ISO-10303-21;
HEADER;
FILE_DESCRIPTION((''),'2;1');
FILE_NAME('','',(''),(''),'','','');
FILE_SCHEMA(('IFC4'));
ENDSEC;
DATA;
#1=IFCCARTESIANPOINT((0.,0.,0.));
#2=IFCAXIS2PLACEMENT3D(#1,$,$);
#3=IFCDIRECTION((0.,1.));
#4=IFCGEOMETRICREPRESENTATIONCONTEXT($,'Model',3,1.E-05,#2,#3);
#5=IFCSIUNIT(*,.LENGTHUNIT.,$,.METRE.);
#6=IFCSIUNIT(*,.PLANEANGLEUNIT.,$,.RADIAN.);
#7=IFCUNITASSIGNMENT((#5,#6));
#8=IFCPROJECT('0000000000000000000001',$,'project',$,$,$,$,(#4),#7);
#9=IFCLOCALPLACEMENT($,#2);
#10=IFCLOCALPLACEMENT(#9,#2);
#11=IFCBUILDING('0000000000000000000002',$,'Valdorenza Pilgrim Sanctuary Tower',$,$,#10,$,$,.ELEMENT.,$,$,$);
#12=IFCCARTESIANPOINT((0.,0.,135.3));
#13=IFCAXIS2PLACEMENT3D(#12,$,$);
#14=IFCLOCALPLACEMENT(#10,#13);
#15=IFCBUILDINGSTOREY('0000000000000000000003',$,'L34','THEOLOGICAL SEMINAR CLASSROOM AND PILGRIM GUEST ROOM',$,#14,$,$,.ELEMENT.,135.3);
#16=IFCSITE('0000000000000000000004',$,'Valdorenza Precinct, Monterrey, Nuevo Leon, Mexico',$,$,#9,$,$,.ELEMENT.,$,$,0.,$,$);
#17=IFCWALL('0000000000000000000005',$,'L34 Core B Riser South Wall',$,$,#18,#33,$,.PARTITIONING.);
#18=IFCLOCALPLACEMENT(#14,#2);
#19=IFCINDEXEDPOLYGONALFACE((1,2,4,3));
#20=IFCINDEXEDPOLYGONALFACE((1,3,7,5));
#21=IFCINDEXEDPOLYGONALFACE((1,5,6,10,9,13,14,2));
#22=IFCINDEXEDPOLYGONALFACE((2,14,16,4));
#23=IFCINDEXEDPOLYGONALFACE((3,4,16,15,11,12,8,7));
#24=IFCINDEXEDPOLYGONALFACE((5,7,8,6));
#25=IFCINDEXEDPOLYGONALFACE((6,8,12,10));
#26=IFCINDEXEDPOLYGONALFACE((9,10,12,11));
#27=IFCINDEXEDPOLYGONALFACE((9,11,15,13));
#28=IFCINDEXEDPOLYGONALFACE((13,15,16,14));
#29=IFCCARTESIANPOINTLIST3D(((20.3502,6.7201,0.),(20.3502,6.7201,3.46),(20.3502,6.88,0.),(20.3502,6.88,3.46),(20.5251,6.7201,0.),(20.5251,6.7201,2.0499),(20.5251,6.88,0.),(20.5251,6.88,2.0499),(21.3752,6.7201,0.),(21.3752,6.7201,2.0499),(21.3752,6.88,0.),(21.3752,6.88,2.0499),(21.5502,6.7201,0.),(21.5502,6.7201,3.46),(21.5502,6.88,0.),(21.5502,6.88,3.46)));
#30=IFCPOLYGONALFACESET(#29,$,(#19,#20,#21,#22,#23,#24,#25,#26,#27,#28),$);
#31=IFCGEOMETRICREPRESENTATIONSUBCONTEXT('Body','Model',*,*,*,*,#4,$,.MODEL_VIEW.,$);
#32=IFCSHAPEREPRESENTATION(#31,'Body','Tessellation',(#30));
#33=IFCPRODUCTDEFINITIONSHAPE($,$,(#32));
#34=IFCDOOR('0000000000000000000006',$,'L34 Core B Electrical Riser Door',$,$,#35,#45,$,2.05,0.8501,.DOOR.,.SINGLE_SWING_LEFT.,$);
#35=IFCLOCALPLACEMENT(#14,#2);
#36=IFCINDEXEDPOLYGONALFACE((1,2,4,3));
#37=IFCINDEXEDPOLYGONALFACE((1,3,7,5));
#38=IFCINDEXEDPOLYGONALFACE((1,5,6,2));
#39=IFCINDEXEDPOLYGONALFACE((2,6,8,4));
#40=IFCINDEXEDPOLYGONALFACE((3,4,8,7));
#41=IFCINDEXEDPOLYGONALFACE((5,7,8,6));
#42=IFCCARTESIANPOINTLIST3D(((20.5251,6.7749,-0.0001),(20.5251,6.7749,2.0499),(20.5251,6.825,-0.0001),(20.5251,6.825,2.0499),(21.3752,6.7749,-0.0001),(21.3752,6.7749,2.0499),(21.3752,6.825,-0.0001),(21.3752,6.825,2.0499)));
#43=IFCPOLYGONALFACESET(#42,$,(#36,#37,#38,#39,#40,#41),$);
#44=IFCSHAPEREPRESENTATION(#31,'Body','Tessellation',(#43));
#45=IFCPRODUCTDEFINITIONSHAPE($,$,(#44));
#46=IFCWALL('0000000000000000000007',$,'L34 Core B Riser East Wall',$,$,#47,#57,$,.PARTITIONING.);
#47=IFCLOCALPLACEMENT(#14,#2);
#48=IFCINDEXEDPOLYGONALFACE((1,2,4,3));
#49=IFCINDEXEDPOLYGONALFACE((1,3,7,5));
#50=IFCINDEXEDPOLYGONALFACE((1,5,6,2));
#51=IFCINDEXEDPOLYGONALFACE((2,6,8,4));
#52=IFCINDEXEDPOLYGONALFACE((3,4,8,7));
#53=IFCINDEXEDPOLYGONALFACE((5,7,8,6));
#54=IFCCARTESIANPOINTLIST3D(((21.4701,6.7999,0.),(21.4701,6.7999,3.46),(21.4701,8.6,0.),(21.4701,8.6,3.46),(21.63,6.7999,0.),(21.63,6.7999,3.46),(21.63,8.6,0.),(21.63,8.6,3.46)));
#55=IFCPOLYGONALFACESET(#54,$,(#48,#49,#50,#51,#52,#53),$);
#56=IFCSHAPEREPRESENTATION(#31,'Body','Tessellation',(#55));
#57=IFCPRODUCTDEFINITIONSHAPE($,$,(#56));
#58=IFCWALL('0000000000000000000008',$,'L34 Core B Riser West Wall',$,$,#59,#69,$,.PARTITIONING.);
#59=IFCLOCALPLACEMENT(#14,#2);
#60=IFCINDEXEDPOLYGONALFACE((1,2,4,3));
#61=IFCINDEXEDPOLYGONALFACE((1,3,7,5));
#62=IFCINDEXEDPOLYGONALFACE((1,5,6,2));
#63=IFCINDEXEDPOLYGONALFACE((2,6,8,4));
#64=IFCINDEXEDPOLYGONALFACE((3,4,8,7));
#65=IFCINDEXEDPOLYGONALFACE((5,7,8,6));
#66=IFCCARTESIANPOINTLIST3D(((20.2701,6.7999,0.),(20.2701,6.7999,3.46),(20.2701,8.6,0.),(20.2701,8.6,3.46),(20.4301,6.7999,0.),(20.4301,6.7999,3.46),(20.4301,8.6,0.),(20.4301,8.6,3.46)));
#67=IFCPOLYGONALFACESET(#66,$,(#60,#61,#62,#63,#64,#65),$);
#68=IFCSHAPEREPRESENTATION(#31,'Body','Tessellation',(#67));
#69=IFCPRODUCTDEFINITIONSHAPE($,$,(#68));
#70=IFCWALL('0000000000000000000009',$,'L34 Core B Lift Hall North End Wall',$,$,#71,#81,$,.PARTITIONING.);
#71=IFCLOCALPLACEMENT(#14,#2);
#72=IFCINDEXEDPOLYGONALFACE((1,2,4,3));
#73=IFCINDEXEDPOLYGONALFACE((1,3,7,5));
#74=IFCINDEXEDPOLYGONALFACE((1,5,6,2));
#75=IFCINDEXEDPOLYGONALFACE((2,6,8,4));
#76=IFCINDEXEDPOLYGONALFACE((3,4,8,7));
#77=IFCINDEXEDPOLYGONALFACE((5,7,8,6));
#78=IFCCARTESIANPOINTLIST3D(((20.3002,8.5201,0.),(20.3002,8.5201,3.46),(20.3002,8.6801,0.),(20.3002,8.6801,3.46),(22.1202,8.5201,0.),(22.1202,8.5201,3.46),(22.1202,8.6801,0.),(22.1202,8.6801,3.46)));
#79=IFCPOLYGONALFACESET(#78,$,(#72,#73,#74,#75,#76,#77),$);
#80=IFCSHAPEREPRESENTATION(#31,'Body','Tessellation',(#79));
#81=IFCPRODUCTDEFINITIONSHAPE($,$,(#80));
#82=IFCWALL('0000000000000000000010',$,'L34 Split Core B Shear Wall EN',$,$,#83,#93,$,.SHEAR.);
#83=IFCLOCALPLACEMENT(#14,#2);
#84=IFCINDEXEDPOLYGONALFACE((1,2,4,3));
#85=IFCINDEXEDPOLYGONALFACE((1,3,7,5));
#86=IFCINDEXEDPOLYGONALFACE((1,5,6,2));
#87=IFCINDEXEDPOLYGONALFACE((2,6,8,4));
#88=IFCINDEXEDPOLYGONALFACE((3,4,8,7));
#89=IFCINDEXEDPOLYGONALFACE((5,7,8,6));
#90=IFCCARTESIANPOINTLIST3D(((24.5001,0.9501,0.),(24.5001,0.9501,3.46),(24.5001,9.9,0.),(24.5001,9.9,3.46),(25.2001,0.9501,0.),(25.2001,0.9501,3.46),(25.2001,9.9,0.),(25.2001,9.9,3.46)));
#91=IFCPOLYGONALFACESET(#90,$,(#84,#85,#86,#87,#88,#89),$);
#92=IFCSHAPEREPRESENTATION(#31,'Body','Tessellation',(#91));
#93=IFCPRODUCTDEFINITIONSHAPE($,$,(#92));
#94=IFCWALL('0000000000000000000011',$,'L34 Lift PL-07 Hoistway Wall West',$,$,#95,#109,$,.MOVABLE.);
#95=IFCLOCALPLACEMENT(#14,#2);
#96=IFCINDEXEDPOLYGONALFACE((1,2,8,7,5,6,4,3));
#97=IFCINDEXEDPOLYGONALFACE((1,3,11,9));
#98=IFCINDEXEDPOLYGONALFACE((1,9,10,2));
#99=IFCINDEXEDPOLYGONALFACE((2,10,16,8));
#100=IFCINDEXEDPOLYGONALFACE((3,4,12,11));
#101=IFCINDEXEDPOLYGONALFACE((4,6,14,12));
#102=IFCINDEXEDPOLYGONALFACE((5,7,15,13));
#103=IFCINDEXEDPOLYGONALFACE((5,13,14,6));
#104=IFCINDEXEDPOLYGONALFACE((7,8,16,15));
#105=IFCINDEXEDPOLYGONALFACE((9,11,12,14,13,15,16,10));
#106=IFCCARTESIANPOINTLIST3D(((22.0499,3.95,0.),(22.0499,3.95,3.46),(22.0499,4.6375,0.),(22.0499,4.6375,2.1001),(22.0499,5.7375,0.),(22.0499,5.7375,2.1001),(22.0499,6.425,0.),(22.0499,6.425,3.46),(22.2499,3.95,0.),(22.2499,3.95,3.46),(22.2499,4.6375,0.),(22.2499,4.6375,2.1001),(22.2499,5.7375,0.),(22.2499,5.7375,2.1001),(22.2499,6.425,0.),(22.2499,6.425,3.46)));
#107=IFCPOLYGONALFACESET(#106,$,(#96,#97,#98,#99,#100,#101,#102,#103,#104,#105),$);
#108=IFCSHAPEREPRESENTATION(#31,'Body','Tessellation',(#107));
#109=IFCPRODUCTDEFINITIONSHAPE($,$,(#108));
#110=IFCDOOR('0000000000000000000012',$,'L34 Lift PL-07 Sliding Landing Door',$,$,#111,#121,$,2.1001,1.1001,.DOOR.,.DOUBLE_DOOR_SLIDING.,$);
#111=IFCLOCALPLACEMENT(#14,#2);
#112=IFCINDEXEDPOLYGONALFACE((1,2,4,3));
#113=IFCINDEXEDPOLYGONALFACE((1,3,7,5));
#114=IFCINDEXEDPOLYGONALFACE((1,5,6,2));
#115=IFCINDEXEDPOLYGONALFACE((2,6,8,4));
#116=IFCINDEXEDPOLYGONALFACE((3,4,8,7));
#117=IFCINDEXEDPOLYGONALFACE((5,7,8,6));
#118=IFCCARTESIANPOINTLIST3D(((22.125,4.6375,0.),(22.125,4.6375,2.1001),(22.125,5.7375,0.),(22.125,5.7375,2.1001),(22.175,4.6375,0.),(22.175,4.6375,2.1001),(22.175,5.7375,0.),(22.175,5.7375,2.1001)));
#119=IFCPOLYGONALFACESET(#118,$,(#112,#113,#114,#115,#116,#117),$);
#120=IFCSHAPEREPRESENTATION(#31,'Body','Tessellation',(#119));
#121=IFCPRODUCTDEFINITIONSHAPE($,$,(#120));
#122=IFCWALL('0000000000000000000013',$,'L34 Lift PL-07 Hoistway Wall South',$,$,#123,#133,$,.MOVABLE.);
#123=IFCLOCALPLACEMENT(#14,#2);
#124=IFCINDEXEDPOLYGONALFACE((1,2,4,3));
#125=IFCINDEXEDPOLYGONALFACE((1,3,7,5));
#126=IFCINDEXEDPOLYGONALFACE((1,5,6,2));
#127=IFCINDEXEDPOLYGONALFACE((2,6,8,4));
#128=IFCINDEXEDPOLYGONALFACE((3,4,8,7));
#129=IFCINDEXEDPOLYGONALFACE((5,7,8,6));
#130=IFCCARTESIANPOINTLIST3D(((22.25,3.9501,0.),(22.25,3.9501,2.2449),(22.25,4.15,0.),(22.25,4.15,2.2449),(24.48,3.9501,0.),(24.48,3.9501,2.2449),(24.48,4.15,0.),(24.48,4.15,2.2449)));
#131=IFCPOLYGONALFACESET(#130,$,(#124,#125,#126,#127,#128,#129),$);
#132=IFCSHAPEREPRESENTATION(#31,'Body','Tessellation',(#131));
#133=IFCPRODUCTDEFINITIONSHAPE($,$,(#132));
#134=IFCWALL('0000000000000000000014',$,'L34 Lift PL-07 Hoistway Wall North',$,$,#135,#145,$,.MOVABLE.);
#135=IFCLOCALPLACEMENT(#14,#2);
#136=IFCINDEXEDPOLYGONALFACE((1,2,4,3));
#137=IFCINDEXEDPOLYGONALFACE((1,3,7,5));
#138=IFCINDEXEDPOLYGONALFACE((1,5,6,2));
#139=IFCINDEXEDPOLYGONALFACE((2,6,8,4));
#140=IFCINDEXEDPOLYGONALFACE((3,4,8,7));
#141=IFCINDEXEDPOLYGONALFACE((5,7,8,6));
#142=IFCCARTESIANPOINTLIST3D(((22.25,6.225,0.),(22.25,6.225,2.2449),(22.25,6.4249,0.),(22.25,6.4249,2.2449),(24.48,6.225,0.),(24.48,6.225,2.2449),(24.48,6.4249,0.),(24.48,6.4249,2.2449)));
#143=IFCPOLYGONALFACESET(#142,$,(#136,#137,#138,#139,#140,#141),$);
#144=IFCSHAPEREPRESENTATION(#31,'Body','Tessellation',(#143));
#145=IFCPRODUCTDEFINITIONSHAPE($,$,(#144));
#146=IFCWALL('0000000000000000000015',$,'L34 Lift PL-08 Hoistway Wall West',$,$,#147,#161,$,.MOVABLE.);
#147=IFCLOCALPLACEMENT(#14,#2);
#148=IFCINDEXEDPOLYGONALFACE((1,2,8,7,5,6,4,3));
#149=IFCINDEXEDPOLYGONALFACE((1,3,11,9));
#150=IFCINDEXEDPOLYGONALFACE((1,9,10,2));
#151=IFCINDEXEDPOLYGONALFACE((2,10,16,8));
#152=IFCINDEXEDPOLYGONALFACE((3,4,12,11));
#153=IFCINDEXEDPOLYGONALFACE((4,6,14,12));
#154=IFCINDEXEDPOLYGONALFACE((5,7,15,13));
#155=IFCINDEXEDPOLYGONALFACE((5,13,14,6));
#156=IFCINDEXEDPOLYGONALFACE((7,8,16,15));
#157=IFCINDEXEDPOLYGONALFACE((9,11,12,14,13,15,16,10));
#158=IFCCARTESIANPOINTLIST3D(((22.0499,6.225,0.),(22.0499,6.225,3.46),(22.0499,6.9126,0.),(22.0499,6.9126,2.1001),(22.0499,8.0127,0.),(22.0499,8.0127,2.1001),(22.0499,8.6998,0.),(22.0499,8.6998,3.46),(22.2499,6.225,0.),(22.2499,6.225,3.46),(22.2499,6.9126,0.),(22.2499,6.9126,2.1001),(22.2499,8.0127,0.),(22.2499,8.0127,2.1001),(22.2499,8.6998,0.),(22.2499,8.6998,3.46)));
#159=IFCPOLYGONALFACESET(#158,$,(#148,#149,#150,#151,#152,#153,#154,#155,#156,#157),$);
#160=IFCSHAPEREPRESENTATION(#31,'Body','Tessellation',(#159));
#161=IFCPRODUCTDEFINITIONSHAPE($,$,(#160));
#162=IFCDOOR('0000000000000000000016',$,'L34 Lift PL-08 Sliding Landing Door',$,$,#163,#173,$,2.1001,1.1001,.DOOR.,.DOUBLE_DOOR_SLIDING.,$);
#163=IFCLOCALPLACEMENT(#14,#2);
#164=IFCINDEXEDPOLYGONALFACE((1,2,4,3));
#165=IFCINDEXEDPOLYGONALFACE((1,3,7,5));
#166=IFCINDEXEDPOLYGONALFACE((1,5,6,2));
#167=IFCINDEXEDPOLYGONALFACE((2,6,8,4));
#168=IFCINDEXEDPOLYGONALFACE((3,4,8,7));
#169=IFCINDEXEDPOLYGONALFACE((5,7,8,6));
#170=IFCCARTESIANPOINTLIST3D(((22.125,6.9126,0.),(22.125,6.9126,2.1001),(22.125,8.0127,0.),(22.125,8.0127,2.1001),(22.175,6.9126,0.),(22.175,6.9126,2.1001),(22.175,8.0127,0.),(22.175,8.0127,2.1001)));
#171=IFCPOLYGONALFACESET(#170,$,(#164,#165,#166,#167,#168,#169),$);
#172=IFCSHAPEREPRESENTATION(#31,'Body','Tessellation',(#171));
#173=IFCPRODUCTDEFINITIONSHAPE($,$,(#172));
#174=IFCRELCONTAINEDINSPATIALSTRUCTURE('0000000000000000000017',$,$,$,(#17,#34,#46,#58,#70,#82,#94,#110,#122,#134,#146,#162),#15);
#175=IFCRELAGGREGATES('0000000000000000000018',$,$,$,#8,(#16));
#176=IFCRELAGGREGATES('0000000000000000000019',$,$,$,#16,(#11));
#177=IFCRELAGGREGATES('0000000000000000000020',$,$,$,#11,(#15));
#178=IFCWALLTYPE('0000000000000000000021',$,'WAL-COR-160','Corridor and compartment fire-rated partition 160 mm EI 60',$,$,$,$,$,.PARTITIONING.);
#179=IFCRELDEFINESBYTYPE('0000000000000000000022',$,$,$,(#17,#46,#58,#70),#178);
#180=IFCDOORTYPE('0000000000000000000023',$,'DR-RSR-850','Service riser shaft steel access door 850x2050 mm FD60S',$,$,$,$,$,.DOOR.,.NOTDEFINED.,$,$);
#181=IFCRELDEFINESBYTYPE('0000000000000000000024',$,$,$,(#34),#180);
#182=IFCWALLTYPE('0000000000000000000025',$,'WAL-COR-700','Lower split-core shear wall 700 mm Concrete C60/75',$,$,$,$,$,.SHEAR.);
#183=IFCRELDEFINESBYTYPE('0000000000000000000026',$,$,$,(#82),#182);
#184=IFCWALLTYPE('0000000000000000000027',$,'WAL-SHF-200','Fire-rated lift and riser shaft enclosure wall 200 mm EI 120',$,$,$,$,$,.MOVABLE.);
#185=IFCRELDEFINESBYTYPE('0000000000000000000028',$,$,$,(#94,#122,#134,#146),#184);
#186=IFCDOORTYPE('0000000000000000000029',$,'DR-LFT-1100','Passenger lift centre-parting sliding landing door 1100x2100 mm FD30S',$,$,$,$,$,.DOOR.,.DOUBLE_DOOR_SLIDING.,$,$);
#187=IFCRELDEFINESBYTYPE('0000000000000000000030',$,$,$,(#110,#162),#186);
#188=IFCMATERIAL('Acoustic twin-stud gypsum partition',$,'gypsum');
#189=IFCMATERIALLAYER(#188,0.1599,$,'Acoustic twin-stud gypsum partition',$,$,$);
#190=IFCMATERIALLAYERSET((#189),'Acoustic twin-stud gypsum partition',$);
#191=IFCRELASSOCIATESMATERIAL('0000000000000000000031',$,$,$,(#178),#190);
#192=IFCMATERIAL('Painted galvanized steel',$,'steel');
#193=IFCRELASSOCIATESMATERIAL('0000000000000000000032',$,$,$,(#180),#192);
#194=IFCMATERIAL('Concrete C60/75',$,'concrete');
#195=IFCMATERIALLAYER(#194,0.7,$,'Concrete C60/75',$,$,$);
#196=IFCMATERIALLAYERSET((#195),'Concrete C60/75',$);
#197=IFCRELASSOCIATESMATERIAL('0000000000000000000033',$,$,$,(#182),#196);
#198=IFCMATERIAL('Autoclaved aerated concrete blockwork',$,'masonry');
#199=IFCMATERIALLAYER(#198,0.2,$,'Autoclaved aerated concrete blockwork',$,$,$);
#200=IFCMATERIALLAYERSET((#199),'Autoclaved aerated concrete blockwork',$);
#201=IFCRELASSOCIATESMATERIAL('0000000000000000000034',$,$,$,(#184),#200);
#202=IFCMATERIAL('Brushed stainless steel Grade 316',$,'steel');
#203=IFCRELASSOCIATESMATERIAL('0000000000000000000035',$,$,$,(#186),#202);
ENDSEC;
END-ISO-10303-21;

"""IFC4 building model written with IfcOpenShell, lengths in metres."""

from ifc_helpers import new_model, si_unit, direction, frame, frame_2d, origin, place, context, subcontext, project, spatial, rectangle, extrude, material, layer, layer_set, type_object, element, fill, save


model = new_model("IFC4")

# Units and contexts
model_context = context("Model", 3, precision=1e-05, world=origin(), true_north=direction((0.0, 1.0)))
body_context = subcontext(model_context, "Body", "Model", "MODEL_VIEW")
ifc_project = project(units=[si_unit("LENGTHUNIT", "METRE"), si_unit("PLANEANGLEUNIT", "RADIAN")], contexts=[model_context])

# Site, building, storey
site_placement = place(None, origin())
site = spatial("IfcSite", under=ifc_project, at=site_placement, Name="Valdorenza Precinct, Monterrey, Nuevo Leon, Mexico", CompositionType="ELEMENT", RefElevation=0.0)
building_placement = place(site_placement, origin())
building = spatial("IfcBuilding", under=site, at=building_placement, Name="Valdorenza Pilgrim Sanctuary Tower", CompositionType="ELEMENT")
storey_placement = place(building_placement, frame((0.0, 0.0, 135.3)))
storey = spatial("IfcBuildingStorey", under=building, at=storey_placement, Name="L34", Description="THEOLOGICAL SEMINAR CLASSROOM AND PILGRIM GUEST ROOM", CompositionType="ELEMENT", Elevation=135.3)

# Wall, opening, door
ifc_material_1 = material(Name="Acoustic twin-stud gypsum partition", Category="gypsum")
ifc_layer_1 = layer(ifc_material_1, 0.1599, Name="Acoustic twin-stud gypsum partition")
ifc_layer_set_1 = layer_set([ifc_layer_1], Name="Acoustic twin-stud gypsum partition")
wall_type_1 = type_object("IfcWallType", Name="WAL-COR-160", Description="Corridor and compartment fire-rated partition 160 mm EI 60", PredefinedType="PARTITIONING", material=ifc_layer_set_1)
wall_1_placement = place(storey_placement, frame((20.3501, 6.8, 0.0), z_axis=(0.0, 0.0, 1.0), x_axis=(1.0, 0.0, 0.0)))
wall_1 = element("IfcWall", 1, at=wall_1_placement, inside=storey, type_object=wall_type_1, Name="L34 Core B Riser South Wall", PredefinedType="PARTITIONING", context=body_context, shape_type="SweptSolid", body=[
    extrude(rectangle(XDim=1.2, YDim=0.1599, at=frame_2d((0.6001, 0.0))), origin(), (0.0, 0.0, 1.0), 3.46),
])
opening_1_placement = place(wall_1_placement, frame((0.175, 0.0, 0.0)))
opening_1 = element("IfcOpeningElement", 2, at=opening_1_placement, cuts=wall_1, PredefinedType="OPENING", context=body_context, shape_type="SweptSolid", body=[
    extrude(rectangle(XDim=0.8501, YDim=2.05, at=frame_2d((0.425, 1.0249))), frame((0.0, 0.0947, 0.0), z_axis=(0.0, -1.0, 0.0), x_axis=(1.0, 0.0, 0.0)), (0.0, 0.0, 1.0), 0.1897),
])
ifc_material_2 = material(Name="Painted galvanized steel", Category="steel")
door_type_1 = type_object("IfcDoorType", Name="DR-RSR-850", Description="Service riser shaft steel access door 850x2050 mm FD60S", OperationType="NOTDEFINED", PredefinedType="DOOR", material=ifc_material_2)
door_1_placement = place(opening_1_placement, origin())
door_1 = element("IfcDoor", 3, at=door_1_placement, inside=storey, type_object=door_type_1, Name="L34 Core B Electrical Riser Door", OperationType="SINGLE_SWING_LEFT", OverallHeight=2.05, OverallWidth=0.8501, PredefinedType="DOOR", context=body_context, shape_type="SweptSolid", body=[
    extrude(rectangle(XDim=0.8501, YDim=2.05, at=frame_2d((0.425, 1.0249))), frame((0.0, 0.0249, 0.0), z_axis=(0.0, -1.0, 0.0), x_axis=(1.0, 0.0, 0.0)), (0.0, 0.0, 1.0), 0.05),
])
fill(opening_1, door_1)

# Walls
for number, where, z_axis, x_axis, name in (
    (4, (21.55, 6.8, 0.0), (0.0, 0.0, 1.0), (0.0, 1.0, 0.0), "L34 Core B Riser East Wall"),
    (5, (20.3501, 6.8, 0.0), (0.0, 0.0, 1.0), (0.0, 1.0, 0.0), "L34 Core B Riser West Wall"),
):
    element("IfcWall", number, at=place(storey_placement, frame(where, z_axis=z_axis, x_axis=x_axis)), inside=storey, type_object=wall_type_1, Name=name, PredefinedType="PARTITIONING", context=body_context, shape_type="SweptSolid", body=[
        extrude(rectangle(XDim=1.8, YDim=0.1599, at=frame_2d((0.8999, 0.0))), origin(), (0.0, 0.0, 1.0), 3.46),
    ])
wall_2_placement = place(storey_placement, frame((20.3, 8.6001, 0.0), z_axis=(0.0, 0.0, 1.0), x_axis=(1.0, 0.0, 0.0)))
element("IfcWall", 6, at=wall_2_placement, inside=storey, type_object=wall_type_1, Name="L34 Core B Lift Hall North End Wall", PredefinedType="PARTITIONING", context=body_context, shape_type="SweptSolid", body=[
    extrude(rectangle(XDim=1.8201, YDim=0.1599, at=frame_2d((0.9102, 0.0))), origin(), (0.0, 0.0, 1.0), 3.46),
])
ifc_material_3 = material(Name="Concrete C60/75", Category="concrete")
ifc_layer_2 = layer(ifc_material_3, 0.7, Name="Concrete C60/75")
ifc_layer_set_2 = layer_set([ifc_layer_2], Name="Concrete C60/75")
wall_type_2 = type_object("IfcWallType", Name="WAL-COR-700", Description="Lower split-core shear wall 700 mm Concrete C60/75", PredefinedType="SHEAR", material=ifc_layer_set_2)
wall_3_placement = place(storey_placement, frame((24.8501, 0.95, 0.0), z_axis=(0.0, 0.0, 1.0), x_axis=(0.0, 1.0, 0.0)))
element("IfcWall", 7, at=wall_3_placement, inside=storey, type_object=wall_type_2, Name="L34 Split Core B Shear Wall EN", PredefinedType="SHEAR", context=body_context, shape_type="SweptSolid", body=[
    extrude(rectangle(XDim=8.95, YDim=0.7, at=frame_2d((4.4751, 0.0))), origin(), (0.0, 0.0, 1.0), 3.46),
])

# Wall, opening, door
ifc_material_4 = material(Name="Autoclaved aerated concrete blockwork", Category="masonry")
ifc_layer_3 = layer(ifc_material_4, 0.2, Name="Autoclaved aerated concrete blockwork")
ifc_layer_set_3 = layer_set([ifc_layer_3], Name="Autoclaved aerated concrete blockwork")
wall_type_3 = type_object("IfcWallType", Name="WAL-SHF-200", Description="Fire-rated lift and riser shaft enclosure wall 200 mm EI 120", PredefinedType="MOVABLE", material=ifc_layer_set_3)
wall_4_placement = place(storey_placement, frame((22.1499, 3.95, 0.0), z_axis=(0.0, 0.0, 1.0), x_axis=(0.0, 1.0, 0.0)))
wall_4 = element("IfcWall", 8, at=wall_4_placement, inside=storey, type_object=wall_type_3, Name="L34 Lift PL-07 Hoistway Wall West", PredefinedType="MOVABLE", context=body_context, shape_type="SweptSolid", body=[
    extrude(rectangle(XDim=2.4751, YDim=0.2, at=frame_2d((1.2375, 0.0))), origin(), (0.0, 0.0, 1.0), 3.46),
])
opening_2_placement = place(wall_4_placement, frame((0.6875, 0.0, 0.0)))
opening_2 = element("IfcOpeningElement", 9, at=opening_2_placement, cuts=wall_4, PredefinedType="OPENING", context=body_context, shape_type="SweptSolid", body=[
    extrude(rectangle(XDim=1.1001, YDim=2.1001, at=frame_2d((0.55, 1.05))), frame((0.0, 0.1147, 0.0), z_axis=(0.0, -1.0, 0.0), x_axis=(1.0, 0.0, 0.0)), (0.0, 0.0, 1.0), 0.2297),
])
ifc_material_5 = material(Name="Brushed stainless steel Grade 316", Category="steel")
door_type_2 = type_object("IfcDoorType", Name="DR-LFT-1100", Description="Passenger lift centre-parting sliding landing door 1100x2100 mm FD30S", OperationType="DOUBLE_DOOR_SLIDING", PredefinedType="DOOR", material=ifc_material_5)
door_2_placement = place(opening_2_placement, origin())
door_2 = element("IfcDoor", 10, at=door_2_placement, inside=storey, type_object=door_type_2, Name="L34 Lift PL-07 Sliding Landing Door", OperationType="DOUBLE_DOOR_SLIDING", OverallHeight=2.1001, OverallWidth=1.1001, PredefinedType="DOOR", context=body_context, shape_type="SweptSolid", body=[
    extrude(rectangle(XDim=1.1001, YDim=2.1001, at=frame_2d((0.55, 1.05))), frame((0.0, 0.0249, 0.0), z_axis=(0.0, -1.0, 0.0), x_axis=(1.0, 0.0, 0.0)), (0.0, 0.0, 1.0), 0.05),
])
fill(opening_2, door_2)

# Walls
for number, where, z_axis, x_axis, name in (
    (11, (22.25, 4.05, 0.0), (0.0, 0.0, 1.0), (1.0, 0.0, 0.0), "L34 Lift PL-07 Hoistway Wall South"),
    (12, (22.25, 6.325, 0.0), (0.0, 0.0, 1.0), (1.0, 0.0, 0.0), "L34 Lift PL-07 Hoistway Wall North"),
):
    element("IfcWall", number, at=place(storey_placement, frame(where, z_axis=z_axis, x_axis=x_axis)), inside=storey, type_object=wall_type_3, Name=name, PredefinedType="MOVABLE", context=body_context, shape_type="SweptSolid", body=[
        extrude(rectangle(XDim=2.23, YDim=0.2, at=frame_2d((1.115, 0.0))), origin(), (0.0, 0.0, 1.0), 2.2449),
    ])

# Wall, opening, door
wall_5_placement = place(storey_placement, frame((22.1499, 6.2251, 0.0), z_axis=(0.0, 0.0, 1.0), x_axis=(0.0, 1.0, 0.0)))
wall_5 = element("IfcWall", 13, at=wall_5_placement, inside=storey, type_object=wall_type_3, Name="L34 Lift PL-08 Hoistway Wall West", PredefinedType="MOVABLE", context=body_context, shape_type="SweptSolid", body=[
    extrude(rectangle(XDim=2.4749, YDim=0.2, at=frame_2d((1.2373, 0.0))), origin(), (0.0, 0.0, 1.0), 3.46),
])
opening_3_placement = place(wall_5_placement, frame((0.6875, 0.0, 0.0)))
opening_3 = element("IfcOpeningElement", 14, at=opening_3_placement, cuts=wall_5, PredefinedType="OPENING", context=body_context, shape_type="SweptSolid", body=[
    extrude(rectangle(XDim=1.1001, YDim=2.1001, at=frame_2d((0.55, 1.05))), frame((0.0, 0.1147, 0.0), z_axis=(0.0, -1.0, 0.0), x_axis=(1.0, 0.0, 0.0)), (0.0, 0.0, 1.0), 0.2297),
])
door_3_placement = place(opening_3_placement, origin())
door_3 = element("IfcDoor", 15, at=door_3_placement, inside=storey, type_object=door_type_2, Name="L34 Lift PL-08 Sliding Landing Door", OperationType="DOUBLE_DOOR_SLIDING", OverallHeight=2.1001, OverallWidth=1.1001, PredefinedType="DOOR", context=body_context, shape_type="SweptSolid", body=[
    extrude(rectangle(XDim=1.1001, YDim=2.1001, at=frame_2d((0.55, 1.05))), frame((0.0, 0.0249, 0.0), z_axis=(0.0, -1.0, 0.0), x_axis=(1.0, 0.0, 0.0)), (0.0, 0.0, 1.0), 0.05),
])
fill(opening_3, door_3)

save(model, "model.ifc")
